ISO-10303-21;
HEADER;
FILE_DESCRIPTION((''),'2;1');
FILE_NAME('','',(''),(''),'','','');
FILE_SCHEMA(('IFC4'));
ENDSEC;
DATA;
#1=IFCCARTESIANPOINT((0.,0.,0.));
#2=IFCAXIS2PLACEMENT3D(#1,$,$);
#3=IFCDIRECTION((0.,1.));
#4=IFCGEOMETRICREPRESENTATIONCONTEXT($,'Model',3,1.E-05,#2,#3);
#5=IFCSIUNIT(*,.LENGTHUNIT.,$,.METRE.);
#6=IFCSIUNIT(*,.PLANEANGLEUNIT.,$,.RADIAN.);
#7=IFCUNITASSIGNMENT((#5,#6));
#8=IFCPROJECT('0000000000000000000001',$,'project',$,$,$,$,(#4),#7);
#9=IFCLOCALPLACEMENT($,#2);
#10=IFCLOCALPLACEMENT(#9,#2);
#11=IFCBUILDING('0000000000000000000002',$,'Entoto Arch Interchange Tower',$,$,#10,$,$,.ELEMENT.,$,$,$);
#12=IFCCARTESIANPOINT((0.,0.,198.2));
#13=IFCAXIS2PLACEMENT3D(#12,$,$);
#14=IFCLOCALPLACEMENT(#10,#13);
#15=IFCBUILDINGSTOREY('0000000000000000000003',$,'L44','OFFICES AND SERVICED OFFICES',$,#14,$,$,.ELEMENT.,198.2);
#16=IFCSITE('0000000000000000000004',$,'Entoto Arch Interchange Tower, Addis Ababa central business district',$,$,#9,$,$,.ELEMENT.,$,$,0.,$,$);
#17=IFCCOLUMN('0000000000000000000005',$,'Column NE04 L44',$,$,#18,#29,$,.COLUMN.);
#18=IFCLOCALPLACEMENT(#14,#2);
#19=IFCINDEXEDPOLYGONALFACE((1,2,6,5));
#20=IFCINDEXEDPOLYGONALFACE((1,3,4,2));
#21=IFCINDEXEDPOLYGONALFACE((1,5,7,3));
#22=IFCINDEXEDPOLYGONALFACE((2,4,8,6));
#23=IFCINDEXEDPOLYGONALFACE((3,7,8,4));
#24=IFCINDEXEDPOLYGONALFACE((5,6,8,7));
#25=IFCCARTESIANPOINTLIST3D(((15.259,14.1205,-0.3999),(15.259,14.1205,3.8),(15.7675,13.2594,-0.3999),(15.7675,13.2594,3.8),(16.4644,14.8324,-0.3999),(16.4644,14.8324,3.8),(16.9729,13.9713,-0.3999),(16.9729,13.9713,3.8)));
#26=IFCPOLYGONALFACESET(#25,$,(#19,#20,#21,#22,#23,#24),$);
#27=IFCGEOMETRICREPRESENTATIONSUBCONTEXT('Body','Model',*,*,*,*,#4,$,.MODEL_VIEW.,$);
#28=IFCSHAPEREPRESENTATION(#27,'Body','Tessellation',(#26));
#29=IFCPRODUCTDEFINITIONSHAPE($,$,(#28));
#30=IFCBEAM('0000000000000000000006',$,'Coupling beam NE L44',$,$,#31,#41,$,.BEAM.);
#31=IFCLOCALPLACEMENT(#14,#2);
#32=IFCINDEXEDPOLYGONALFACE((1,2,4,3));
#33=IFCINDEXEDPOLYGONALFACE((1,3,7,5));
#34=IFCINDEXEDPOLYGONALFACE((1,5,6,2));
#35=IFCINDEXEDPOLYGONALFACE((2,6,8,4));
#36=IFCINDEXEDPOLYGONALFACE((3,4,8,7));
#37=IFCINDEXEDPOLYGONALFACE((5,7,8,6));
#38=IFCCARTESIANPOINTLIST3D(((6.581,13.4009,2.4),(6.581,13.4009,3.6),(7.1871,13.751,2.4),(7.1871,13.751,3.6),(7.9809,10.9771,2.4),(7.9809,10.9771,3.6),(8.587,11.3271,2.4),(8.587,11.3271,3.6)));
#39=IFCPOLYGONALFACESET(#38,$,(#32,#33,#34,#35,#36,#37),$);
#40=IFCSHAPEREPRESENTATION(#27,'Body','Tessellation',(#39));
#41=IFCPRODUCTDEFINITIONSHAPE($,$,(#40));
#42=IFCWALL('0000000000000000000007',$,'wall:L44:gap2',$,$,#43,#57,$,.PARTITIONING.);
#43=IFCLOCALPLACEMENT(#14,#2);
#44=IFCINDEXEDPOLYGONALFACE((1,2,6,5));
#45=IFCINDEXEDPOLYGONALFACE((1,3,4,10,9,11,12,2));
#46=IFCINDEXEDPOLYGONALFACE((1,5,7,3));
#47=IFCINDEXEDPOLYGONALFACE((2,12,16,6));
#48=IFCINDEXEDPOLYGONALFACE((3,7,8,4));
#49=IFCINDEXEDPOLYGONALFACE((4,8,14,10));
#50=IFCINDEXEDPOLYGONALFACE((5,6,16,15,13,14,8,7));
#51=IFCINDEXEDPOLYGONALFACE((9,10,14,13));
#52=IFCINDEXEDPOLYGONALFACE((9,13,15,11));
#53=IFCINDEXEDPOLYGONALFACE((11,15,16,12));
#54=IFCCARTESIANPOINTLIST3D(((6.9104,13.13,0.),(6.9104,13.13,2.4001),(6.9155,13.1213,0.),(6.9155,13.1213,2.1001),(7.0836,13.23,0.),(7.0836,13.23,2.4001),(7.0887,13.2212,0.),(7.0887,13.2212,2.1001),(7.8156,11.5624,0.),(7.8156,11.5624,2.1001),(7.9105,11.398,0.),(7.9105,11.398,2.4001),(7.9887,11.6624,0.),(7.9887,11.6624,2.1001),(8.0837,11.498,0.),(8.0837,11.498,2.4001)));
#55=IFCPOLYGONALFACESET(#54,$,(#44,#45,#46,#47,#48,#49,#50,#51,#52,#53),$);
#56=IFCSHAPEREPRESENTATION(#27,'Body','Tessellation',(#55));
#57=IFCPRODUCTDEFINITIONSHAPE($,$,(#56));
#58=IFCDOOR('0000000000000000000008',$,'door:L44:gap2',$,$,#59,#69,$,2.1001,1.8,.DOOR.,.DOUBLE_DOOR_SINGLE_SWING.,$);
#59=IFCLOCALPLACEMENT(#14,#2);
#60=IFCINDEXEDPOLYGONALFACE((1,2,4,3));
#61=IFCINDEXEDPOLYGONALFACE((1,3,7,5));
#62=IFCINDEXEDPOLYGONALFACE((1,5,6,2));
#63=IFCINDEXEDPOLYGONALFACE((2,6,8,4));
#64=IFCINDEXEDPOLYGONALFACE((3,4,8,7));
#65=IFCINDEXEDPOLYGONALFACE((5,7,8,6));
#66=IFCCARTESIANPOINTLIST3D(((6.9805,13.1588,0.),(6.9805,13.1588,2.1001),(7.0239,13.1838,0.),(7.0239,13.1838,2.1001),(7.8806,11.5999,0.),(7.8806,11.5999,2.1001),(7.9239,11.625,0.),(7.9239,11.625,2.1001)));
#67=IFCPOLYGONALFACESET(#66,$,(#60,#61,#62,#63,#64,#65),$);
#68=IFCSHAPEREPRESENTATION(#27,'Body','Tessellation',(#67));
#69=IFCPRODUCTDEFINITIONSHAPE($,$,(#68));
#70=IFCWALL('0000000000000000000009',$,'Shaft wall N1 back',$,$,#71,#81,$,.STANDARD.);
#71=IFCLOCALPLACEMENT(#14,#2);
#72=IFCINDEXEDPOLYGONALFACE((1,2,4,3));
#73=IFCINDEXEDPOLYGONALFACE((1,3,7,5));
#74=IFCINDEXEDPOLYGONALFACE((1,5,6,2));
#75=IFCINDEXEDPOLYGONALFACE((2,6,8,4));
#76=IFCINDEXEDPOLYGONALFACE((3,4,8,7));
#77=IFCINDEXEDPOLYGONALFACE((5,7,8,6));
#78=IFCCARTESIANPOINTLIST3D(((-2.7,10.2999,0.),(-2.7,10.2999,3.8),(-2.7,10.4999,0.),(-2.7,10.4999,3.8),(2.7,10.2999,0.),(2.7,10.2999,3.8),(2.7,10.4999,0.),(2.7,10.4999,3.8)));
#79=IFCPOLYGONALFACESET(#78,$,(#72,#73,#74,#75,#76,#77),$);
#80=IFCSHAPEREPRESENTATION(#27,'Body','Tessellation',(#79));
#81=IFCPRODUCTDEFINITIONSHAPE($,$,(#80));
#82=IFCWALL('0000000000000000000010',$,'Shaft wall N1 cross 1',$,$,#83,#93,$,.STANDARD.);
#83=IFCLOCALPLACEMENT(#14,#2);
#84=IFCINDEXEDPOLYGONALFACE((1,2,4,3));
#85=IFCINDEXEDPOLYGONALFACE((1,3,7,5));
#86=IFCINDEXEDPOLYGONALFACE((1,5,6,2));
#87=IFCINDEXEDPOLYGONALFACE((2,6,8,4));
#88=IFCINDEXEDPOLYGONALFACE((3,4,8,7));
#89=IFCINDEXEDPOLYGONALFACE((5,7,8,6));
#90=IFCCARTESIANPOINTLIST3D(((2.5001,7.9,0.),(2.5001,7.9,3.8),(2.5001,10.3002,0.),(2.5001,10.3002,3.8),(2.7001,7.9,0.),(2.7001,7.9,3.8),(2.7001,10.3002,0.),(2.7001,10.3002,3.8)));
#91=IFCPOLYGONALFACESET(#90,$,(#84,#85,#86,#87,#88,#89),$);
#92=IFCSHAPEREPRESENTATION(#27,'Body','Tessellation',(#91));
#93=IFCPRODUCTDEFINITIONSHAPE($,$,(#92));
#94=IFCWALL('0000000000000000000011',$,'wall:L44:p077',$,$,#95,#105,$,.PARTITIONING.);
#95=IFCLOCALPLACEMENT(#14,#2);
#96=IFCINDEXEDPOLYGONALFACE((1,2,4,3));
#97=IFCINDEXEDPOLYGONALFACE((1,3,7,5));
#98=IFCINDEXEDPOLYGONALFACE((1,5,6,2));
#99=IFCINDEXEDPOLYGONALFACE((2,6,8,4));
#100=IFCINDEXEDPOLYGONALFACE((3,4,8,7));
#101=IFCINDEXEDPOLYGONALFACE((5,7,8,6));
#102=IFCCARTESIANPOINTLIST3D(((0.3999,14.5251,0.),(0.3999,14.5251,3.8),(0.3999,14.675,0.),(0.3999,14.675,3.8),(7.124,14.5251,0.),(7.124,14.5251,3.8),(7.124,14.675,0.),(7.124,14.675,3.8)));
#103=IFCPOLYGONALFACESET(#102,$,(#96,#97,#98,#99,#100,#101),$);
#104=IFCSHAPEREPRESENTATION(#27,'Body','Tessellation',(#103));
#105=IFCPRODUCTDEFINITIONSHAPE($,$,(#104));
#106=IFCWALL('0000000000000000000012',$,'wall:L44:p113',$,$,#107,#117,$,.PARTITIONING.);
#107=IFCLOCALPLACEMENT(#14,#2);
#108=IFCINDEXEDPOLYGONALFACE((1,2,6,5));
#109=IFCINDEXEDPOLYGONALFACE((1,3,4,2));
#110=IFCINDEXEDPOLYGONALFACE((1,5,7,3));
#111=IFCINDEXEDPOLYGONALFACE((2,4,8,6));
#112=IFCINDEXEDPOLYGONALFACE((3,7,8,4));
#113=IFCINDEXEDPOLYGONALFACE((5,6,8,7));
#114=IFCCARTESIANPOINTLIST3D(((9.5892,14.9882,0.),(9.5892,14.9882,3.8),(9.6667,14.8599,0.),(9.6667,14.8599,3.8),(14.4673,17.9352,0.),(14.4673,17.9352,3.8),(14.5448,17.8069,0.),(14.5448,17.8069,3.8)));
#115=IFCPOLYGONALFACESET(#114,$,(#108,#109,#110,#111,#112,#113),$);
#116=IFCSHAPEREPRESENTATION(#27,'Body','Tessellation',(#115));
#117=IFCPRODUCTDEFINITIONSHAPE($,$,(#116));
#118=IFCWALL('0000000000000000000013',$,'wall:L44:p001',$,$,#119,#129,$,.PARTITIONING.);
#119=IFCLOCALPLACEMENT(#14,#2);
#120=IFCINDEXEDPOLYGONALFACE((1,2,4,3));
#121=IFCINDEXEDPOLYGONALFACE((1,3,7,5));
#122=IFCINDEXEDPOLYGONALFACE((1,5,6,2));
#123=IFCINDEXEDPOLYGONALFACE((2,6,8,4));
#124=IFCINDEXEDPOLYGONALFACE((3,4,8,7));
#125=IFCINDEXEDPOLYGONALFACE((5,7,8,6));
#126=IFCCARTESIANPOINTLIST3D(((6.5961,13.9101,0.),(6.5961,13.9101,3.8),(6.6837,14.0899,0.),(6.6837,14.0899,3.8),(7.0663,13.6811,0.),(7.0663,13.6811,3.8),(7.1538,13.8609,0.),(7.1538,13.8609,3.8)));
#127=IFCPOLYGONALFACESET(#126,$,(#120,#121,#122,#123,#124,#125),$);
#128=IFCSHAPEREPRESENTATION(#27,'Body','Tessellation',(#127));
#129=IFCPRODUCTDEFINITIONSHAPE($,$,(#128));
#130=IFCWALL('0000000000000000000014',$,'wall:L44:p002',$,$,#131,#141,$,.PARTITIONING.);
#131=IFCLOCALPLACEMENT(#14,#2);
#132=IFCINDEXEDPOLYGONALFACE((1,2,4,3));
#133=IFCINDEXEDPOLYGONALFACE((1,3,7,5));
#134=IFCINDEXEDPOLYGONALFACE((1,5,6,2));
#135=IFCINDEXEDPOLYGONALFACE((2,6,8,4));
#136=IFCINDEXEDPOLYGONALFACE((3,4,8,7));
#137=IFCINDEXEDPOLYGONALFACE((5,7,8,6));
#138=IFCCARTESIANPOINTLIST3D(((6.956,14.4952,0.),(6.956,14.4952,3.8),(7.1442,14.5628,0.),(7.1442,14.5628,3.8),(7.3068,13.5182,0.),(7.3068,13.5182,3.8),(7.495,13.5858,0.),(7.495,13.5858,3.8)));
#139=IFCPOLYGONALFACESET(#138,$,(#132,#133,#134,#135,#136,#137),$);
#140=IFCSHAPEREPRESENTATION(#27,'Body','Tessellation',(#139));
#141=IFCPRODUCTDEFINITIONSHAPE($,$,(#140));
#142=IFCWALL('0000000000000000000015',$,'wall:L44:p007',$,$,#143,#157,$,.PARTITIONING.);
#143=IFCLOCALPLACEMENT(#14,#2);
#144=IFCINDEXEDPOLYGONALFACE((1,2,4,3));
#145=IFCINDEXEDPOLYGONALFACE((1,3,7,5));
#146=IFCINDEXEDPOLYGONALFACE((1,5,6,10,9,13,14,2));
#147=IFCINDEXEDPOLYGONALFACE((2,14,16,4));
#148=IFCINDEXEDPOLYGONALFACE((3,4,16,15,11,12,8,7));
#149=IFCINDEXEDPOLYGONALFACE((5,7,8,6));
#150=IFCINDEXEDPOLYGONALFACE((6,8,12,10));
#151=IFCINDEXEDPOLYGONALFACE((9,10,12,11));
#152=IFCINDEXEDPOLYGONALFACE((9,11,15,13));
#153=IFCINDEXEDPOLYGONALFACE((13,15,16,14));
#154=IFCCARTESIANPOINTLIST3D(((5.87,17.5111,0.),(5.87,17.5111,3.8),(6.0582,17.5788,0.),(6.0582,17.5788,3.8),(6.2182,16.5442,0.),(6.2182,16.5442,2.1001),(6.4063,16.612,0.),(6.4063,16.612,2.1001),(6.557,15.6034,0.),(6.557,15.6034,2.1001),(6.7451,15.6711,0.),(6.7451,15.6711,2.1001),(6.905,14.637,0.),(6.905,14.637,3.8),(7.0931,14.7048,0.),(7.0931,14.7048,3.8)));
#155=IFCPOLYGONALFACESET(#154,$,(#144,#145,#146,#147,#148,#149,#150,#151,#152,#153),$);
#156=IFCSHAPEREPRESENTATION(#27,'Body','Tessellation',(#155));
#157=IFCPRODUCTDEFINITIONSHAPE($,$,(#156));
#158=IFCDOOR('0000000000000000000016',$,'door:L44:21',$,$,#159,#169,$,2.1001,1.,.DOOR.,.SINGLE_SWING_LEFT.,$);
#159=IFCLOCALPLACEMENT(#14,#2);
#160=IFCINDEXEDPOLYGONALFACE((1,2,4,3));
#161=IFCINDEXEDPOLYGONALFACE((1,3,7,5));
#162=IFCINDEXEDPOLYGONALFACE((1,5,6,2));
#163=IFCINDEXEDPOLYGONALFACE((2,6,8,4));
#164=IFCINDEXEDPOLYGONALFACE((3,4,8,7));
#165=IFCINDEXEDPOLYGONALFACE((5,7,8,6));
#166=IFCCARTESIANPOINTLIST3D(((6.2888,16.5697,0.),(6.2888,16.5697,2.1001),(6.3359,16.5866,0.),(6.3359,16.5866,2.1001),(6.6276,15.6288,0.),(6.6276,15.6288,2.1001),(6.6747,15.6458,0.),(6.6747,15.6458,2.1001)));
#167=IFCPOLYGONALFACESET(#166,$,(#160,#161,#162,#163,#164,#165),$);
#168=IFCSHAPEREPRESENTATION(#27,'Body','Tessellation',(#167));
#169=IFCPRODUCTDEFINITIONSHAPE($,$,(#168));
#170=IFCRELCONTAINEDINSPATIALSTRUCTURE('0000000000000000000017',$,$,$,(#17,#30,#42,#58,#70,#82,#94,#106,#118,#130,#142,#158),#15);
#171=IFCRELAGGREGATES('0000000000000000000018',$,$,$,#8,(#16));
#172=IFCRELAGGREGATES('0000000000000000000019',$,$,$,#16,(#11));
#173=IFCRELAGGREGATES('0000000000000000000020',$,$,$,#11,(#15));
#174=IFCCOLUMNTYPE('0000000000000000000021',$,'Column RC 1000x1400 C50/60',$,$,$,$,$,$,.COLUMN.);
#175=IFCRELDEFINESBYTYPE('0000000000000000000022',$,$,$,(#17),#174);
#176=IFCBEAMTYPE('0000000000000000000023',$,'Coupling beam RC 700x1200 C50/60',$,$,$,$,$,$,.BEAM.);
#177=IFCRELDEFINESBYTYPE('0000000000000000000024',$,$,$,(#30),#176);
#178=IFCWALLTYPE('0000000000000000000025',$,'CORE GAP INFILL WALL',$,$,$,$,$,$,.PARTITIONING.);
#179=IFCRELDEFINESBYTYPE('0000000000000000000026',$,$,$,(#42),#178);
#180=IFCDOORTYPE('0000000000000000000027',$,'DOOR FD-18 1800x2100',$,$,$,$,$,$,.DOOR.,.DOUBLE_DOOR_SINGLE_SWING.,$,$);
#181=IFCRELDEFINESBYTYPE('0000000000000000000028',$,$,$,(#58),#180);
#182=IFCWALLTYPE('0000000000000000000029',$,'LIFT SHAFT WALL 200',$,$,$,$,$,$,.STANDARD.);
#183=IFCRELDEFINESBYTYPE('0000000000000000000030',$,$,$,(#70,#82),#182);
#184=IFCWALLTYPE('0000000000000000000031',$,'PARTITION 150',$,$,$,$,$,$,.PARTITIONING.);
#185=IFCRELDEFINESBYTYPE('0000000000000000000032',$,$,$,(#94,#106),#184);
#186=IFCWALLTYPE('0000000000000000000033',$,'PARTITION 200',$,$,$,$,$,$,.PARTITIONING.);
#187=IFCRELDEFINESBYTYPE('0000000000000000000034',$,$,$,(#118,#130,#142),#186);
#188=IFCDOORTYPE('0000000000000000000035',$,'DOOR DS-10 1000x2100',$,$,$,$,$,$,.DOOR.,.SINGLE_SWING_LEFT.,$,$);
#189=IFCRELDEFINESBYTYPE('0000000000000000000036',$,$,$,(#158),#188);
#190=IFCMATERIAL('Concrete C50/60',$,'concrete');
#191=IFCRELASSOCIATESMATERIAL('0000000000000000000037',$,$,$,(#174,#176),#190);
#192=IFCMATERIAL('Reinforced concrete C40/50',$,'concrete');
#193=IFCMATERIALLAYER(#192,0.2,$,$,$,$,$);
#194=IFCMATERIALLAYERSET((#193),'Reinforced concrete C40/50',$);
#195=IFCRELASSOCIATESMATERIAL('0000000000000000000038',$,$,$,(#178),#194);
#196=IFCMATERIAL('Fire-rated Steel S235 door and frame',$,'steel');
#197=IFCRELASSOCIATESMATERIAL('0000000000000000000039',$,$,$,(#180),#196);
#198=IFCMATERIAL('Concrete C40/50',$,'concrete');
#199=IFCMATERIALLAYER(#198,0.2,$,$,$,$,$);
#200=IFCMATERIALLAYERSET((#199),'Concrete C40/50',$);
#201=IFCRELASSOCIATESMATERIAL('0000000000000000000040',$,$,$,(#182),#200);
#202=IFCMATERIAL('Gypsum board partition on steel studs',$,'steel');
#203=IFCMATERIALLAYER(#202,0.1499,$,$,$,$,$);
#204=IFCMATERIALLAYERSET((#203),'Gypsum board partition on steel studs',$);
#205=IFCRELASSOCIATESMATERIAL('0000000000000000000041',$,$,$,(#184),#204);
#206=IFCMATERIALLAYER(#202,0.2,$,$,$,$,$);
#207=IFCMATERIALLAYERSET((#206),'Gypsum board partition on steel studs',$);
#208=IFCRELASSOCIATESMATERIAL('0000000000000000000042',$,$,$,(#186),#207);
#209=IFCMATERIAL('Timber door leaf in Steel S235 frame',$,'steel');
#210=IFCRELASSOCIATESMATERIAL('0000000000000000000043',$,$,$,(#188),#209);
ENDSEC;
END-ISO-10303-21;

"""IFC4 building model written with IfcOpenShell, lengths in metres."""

from ifc_helpers import new_model, si_unit, direction, frame, frame_2d, origin, origin_2d, place, context, subcontext, project, spatial, rectangle, extrude, material, layer, layer_set, material_profile, profile_set, type_object, element, fill, save


model = new_model("IFC4")

# Units and contexts
model_context = context("Model", 3, precision=1e-05, world=origin(), true_north=direction((0.0, 1.0)))
body_context = subcontext(model_context, "Body", "Model", "MODEL_VIEW")
ifc_project = project(units=[si_unit("LENGTHUNIT", "METRE"), si_unit("PLANEANGLEUNIT", "RADIAN")], contexts=[model_context])

# Site, building, storey
site_placement = place(None, origin())
site = spatial("IfcSite", under=ifc_project, at=site_placement, Name="Entoto Arch Interchange Tower, Addis Ababa central business district", CompositionType="ELEMENT", RefElevation=0.0)
building_placement = place(site_placement, origin())
building = spatial("IfcBuilding", under=site, at=building_placement, Name="Entoto Arch Interchange Tower", CompositionType="ELEMENT")
storey_placement = place(building_placement, frame((0.0, 0.0, 198.2)))
storey = spatial("IfcBuildingStorey", under=building, at=storey_placement, Name="L44", Description="OFFICES AND SERVICED OFFICES", CompositionType="ELEMENT", Elevation=198.2)

# Column
ifc_material_1 = material(Name="Concrete C50/60", Category="concrete")
ifc_material_profile_1 = material_profile(ifc_material_1, rectangle(XDim=1.0, YDim=1.3999, at=origin_2d()))
ifc_profile_set_1 = profile_set([ifc_material_profile_1], Name="Concrete C50/60")
column_type = type_object("IfcColumnType", Name="Column RC 1000x1400 C50/60", PredefinedType="COLUMN", material=ifc_profile_set_1)
column_placement = place(storey_placement, frame((16.116, 14.0459, -0.3999), z_axis=(0.0, 0.0, 1.0), x_axis=(-0.508516, 0.861053, 0.0)))
element("IfcColumn", 1, at=column_placement, inside=storey, type_object=column_type, Name="Column NE04 L44", PredefinedType="COLUMN", context=body_context, shape_type="SweptSolid", body=[
    extrude(rectangle(XDim=1.0, YDim=1.3999, at=origin_2d()), origin(), (0.0, 0.0, 1.0), 4.2),
])

# Beam
ifc_material_profile_2 = material_profile(ifc_material_1, rectangle(XDim=0.7, YDim=1.2, at=origin_2d()))
ifc_profile_set_2 = profile_set([ifc_material_profile_2], Name="Concrete C50/60")
beam_type = type_object("IfcBeamType", Name="Coupling beam RC 700x1200 C50/60", PredefinedType="BEAM", material=ifc_profile_set_2)
beam_placement = place(storey_placement, frame((8.2839, 11.1521, 3.0), z_axis=(-0.500135, 0.865947, 0.0), x_axis=(-0.865947, -0.500135, 0.0)))
element("IfcBeam", 2, at=beam_placement, inside=storey, type_object=beam_type, Name="Coupling beam NE L44", PredefinedType="BEAM", context=body_context, shape_type="SweptSolid", body=[
    extrude(rectangle(XDim=0.7, YDim=1.2, at=origin_2d()), origin(), (0.0, 0.0, 1.0), 2.7991),
])

# Wall, opening, door
ifc_material_2 = material(Name="Reinforced concrete C40/50", Category="concrete")
ifc_layer_1 = layer(ifc_material_2, 0.2)
ifc_layer_set_1 = layer_set([ifc_layer_1], Name="Reinforced concrete C40/50")
wall_type_1 = type_object("IfcWallType", Name="CORE GAP INFILL WALL", PredefinedType="PARTITIONING", material=ifc_layer_set_1)
wall_1_placement = place(storey_placement, frame((7.9971, 11.448, 0.0), z_axis=(0.0, 0.0, 1.0), x_axis=(-0.500025, 0.866011, 0.0)))
wall_1 = element("IfcWall", 3, at=wall_1_placement, inside=storey, type_object=wall_type_1, Name="wall:L44:gap2", PredefinedType="PARTITIONING", context=body_context, shape_type="SweptSolid", body=[
    extrude(rectangle(XDim=2.0, YDim=0.2, at=frame_2d((1.0, 0.0))), origin(), (0.0, 0.0, 1.0), 2.4001),
])
opening_1_placement = place(wall_1_placement, frame((0.1899, 0.0, 0.0)))
opening_1 = element("IfcOpeningElement", 4, at=opening_1_placement, cuts=wall_1, PredefinedType="OPENING", context=body_context, shape_type="SweptSolid", body=[
    extrude(rectangle(XDim=1.8, YDim=2.1001, at=frame_2d((0.8999, 1.05))), frame((0.0, 0.1099, 0.0), z_axis=(0.0, -1.0, 0.0), x_axis=(1.0, 0.0, 0.0)), (0.0, 0.0, 1.0), 0.22),
])
ifc_material_3 = material(Name="Fire-rated Steel S235 door and frame", Category="steel")
door_type_1 = type_object("IfcDoorType", Name="DOOR FD-18 1800x2100", OperationType="DOUBLE_DOOR_SINGLE_SWING", PredefinedType="DOOR", material=ifc_material_3)
door_1_placement = place(opening_1_placement, origin())
door_1 = element("IfcDoor", 5, at=door_1_placement, inside=storey, type_object=door_type_1, Name="door:L44:gap2", OperationType="DOUBLE_DOOR_SINGLE_SWING", OverallHeight=2.1001, OverallWidth=1.8, PredefinedType="DOOR", context=body_context, shape_type="SweptSolid", body=[
    extrude(rectangle(XDim=1.8, YDim=2.1001, at=frame_2d((0.8999, 1.05))), frame((0.0, 0.0249, 0.0), z_axis=(0.0, -1.0, 0.0), x_axis=(1.0, 0.0, 0.0)), (0.0, 0.0, 1.0), 0.05),
])
fill(opening_1, door_1)

# Walls
ifc_material_4 = material(Name="Concrete C40/50", Category="concrete")
ifc_layer_2 = layer(ifc_material_4, 0.2)
ifc_layer_set_2 = layer_set([ifc_layer_2], Name="Concrete C40/50")
wall_type_2 = type_object("IfcWallType", Name="LIFT SHAFT WALL 200", PredefinedType="STANDARD", material=ifc_layer_set_2)
wall_2_placement = place(storey_placement, frame((2.7, 10.3999, 0.0), z_axis=(0.0, 0.0, 1.0), x_axis=(-1.0, 0.0, 0.0)))
element("IfcWall", 6, at=wall_2_placement, inside=storey, type_object=wall_type_2, Name="Shaft wall N1 back", PredefinedType="STANDARD", context=body_context, shape_type="SweptSolid", body=[
    extrude(rectangle(XDim=5.3999, YDim=0.2, at=frame_2d((2.7, 0.0))), origin(), (0.0, 0.0, 1.0), 3.8),
])
wall_3_placement = place(storey_placement, frame((2.6001, 7.8999, 0.0), z_axis=(0.0, 0.0, 1.0), x_axis=(0.0, 1.0, 0.0)))
element("IfcWall", 7, at=wall_3_placement, inside=storey, type_object=wall_type_2, Name="Shaft wall N1 cross 1", PredefinedType="STANDARD", context=body_context, shape_type="SweptSolid", body=[
    extrude(rectangle(XDim=2.4001, YDim=0.2, at=frame_2d((1.2002, 0.0))), origin(), (0.0, 0.0, 1.0), 3.8),
])
ifc_material_5 = material(Name="Gypsum board partition on steel studs", Category="steel")
ifc_layer_3 = layer(ifc_material_5, 0.1499)
ifc_layer_set_3 = layer_set([ifc_layer_3], Name="Gypsum board partition on steel studs")
wall_type_3 = type_object("IfcWallType", Name="PARTITION 150", PredefinedType="PARTITIONING", material=ifc_layer_set_3)
wall_4_placement = place(storey_placement, frame((7.124, 14.6001, 0.0), z_axis=(0.0, 0.0, 1.0), x_axis=(-1.0, 0.0, 0.0)))
element("IfcWall", 8, at=wall_4_placement, inside=storey, type_object=wall_type_3, Name="wall:L44:p077", PredefinedType="PARTITIONING", context=body_context, shape_type="SweptSolid", body=[
    extrude(rectangle(XDim=6.7241, YDim=0.1499, at=frame_2d((3.3621, 0.0))), origin(), (0.0, 0.0, 1.0), 3.8),
])
wall_5_placement = place(storey_placement, frame((9.6279, 14.9241, 0.0), z_axis=(0.0, 0.0, 1.0), x_axis=(0.855932, 0.517089, 0.0)))
element("IfcWall", 9, at=wall_5_placement, inside=storey, type_object=wall_type_3, Name="wall:L44:p113", PredefinedType="PARTITIONING", context=body_context, shape_type="SweptSolid", body=[
    extrude(rectangle(XDim=5.6992, YDim=0.1499, at=frame_2d((2.8496, 0.0))), origin(), (0.0, 0.0, 1.0), 3.8),
])
ifc_layer_4 = layer(ifc_material_5, 0.2)
ifc_layer_set_4 = layer_set([ifc_layer_4], Name="Gypsum board partition on steel studs")
wall_type_4 = type_object("IfcWallType", Name="PARTITION 200", PredefinedType="PARTITIONING", material=ifc_layer_set_4)
wall_6_placement = place(storey_placement, frame((6.6399, 14.0, 0.0), z_axis=(0.0, 0.0, 1.0), x_axis=(0.899046, -0.437853, 0.0)))
element("IfcWall", 10, at=wall_6_placement, inside=storey, type_object=wall_type_4, Name="wall:L44:p001", PredefinedType="PARTITIONING", context=body_context, shape_type="SweptSolid", body=[
    extrude(rectangle(XDim=0.5229, YDim=0.2, at=frame_2d((0.2615, 0.0))), origin(), (0.0, 0.0, 1.0), 3.8),
])
wall_7_placement = place(storey_placement, frame((7.4009, 13.552, 0.0), z_axis=(0.0, 0.0, 1.0), x_axis=(-0.337945, 0.941166, 0.0)))
element("IfcWall", 11, at=wall_7_placement, inside=storey, type_object=wall_type_4, Name="wall:L44:p002", PredefinedType="PARTITIONING", context=body_context, shape_type="SweptSolid", body=[
    extrude(rectangle(XDim=1.0381, YDim=0.2, at=frame_2d((0.519, 0.0))), origin(), (0.0, 0.0, 1.0), 3.8),
])

# Wall, opening, door
wall_8_placement = place(storey_placement, frame((6.999, 14.6709, 0.0), z_axis=(0.0, 0.0, 1.0), x_axis=(-0.338796, 0.94086, 0.0)))
wall_8 = element("IfcWall", 12, at=wall_8_placement, inside=storey, type_object=wall_type_4, Name="wall:L44:p007", PredefinedType="PARTITIONING", context=body_context, shape_type="SweptSolid", body=[
    extrude(rectangle(XDim=3.0547, YDim=0.2, at=frame_2d((1.5273, 0.0))), origin(), (0.0, 0.0, 1.0), 3.8),
])
opening_2_placement = place(wall_8_placement, frame((1.0271, 0.0, 0.0)))
opening_2 = element("IfcOpeningElement", 13, at=opening_2_placement, cuts=wall_8, PredefinedType="OPENING", context=body_context, shape_type="SweptSolid", body=[
    extrude(rectangle(XDim=1.0, YDim=2.1001, at=frame_2d((0.5, 1.05))), frame((0.0, 0.1099, 0.0), z_axis=(0.0, -1.0, 0.0), x_axis=(1.0, 0.0, 0.0)), (0.0, 0.0, 1.0), 0.22),
])
ifc_material_6 = material(Name="Timber door leaf in Steel S235 frame", Category="steel")
door_type_2 = type_object("IfcDoorType", Name="DOOR DS-10 1000x2100", OperationType="SINGLE_SWING_LEFT", PredefinedType="DOOR", material=ifc_material_6)
door_2_placement = place(opening_2_placement, origin())
door_2 = element("IfcDoor", 14, at=door_2_placement, inside=storey, type_object=door_type_2, Name="door:L44:21", OperationType="SINGLE_SWING_LEFT", OverallHeight=2.1001, OverallWidth=1.0, PredefinedType="DOOR", context=body_context, shape_type="SweptSolid", body=[
    extrude(rectangle(XDim=1.0, YDim=2.1001, at=frame_2d((0.5, 1.05))), frame((0.0, 0.0249, 0.0), z_axis=(0.0, -1.0, 0.0), x_axis=(1.0, 0.0, 0.0)), (0.0, 0.0, 1.0), 0.05),
])
fill(opening_2, door_2)

save(model, "model.ifc")
